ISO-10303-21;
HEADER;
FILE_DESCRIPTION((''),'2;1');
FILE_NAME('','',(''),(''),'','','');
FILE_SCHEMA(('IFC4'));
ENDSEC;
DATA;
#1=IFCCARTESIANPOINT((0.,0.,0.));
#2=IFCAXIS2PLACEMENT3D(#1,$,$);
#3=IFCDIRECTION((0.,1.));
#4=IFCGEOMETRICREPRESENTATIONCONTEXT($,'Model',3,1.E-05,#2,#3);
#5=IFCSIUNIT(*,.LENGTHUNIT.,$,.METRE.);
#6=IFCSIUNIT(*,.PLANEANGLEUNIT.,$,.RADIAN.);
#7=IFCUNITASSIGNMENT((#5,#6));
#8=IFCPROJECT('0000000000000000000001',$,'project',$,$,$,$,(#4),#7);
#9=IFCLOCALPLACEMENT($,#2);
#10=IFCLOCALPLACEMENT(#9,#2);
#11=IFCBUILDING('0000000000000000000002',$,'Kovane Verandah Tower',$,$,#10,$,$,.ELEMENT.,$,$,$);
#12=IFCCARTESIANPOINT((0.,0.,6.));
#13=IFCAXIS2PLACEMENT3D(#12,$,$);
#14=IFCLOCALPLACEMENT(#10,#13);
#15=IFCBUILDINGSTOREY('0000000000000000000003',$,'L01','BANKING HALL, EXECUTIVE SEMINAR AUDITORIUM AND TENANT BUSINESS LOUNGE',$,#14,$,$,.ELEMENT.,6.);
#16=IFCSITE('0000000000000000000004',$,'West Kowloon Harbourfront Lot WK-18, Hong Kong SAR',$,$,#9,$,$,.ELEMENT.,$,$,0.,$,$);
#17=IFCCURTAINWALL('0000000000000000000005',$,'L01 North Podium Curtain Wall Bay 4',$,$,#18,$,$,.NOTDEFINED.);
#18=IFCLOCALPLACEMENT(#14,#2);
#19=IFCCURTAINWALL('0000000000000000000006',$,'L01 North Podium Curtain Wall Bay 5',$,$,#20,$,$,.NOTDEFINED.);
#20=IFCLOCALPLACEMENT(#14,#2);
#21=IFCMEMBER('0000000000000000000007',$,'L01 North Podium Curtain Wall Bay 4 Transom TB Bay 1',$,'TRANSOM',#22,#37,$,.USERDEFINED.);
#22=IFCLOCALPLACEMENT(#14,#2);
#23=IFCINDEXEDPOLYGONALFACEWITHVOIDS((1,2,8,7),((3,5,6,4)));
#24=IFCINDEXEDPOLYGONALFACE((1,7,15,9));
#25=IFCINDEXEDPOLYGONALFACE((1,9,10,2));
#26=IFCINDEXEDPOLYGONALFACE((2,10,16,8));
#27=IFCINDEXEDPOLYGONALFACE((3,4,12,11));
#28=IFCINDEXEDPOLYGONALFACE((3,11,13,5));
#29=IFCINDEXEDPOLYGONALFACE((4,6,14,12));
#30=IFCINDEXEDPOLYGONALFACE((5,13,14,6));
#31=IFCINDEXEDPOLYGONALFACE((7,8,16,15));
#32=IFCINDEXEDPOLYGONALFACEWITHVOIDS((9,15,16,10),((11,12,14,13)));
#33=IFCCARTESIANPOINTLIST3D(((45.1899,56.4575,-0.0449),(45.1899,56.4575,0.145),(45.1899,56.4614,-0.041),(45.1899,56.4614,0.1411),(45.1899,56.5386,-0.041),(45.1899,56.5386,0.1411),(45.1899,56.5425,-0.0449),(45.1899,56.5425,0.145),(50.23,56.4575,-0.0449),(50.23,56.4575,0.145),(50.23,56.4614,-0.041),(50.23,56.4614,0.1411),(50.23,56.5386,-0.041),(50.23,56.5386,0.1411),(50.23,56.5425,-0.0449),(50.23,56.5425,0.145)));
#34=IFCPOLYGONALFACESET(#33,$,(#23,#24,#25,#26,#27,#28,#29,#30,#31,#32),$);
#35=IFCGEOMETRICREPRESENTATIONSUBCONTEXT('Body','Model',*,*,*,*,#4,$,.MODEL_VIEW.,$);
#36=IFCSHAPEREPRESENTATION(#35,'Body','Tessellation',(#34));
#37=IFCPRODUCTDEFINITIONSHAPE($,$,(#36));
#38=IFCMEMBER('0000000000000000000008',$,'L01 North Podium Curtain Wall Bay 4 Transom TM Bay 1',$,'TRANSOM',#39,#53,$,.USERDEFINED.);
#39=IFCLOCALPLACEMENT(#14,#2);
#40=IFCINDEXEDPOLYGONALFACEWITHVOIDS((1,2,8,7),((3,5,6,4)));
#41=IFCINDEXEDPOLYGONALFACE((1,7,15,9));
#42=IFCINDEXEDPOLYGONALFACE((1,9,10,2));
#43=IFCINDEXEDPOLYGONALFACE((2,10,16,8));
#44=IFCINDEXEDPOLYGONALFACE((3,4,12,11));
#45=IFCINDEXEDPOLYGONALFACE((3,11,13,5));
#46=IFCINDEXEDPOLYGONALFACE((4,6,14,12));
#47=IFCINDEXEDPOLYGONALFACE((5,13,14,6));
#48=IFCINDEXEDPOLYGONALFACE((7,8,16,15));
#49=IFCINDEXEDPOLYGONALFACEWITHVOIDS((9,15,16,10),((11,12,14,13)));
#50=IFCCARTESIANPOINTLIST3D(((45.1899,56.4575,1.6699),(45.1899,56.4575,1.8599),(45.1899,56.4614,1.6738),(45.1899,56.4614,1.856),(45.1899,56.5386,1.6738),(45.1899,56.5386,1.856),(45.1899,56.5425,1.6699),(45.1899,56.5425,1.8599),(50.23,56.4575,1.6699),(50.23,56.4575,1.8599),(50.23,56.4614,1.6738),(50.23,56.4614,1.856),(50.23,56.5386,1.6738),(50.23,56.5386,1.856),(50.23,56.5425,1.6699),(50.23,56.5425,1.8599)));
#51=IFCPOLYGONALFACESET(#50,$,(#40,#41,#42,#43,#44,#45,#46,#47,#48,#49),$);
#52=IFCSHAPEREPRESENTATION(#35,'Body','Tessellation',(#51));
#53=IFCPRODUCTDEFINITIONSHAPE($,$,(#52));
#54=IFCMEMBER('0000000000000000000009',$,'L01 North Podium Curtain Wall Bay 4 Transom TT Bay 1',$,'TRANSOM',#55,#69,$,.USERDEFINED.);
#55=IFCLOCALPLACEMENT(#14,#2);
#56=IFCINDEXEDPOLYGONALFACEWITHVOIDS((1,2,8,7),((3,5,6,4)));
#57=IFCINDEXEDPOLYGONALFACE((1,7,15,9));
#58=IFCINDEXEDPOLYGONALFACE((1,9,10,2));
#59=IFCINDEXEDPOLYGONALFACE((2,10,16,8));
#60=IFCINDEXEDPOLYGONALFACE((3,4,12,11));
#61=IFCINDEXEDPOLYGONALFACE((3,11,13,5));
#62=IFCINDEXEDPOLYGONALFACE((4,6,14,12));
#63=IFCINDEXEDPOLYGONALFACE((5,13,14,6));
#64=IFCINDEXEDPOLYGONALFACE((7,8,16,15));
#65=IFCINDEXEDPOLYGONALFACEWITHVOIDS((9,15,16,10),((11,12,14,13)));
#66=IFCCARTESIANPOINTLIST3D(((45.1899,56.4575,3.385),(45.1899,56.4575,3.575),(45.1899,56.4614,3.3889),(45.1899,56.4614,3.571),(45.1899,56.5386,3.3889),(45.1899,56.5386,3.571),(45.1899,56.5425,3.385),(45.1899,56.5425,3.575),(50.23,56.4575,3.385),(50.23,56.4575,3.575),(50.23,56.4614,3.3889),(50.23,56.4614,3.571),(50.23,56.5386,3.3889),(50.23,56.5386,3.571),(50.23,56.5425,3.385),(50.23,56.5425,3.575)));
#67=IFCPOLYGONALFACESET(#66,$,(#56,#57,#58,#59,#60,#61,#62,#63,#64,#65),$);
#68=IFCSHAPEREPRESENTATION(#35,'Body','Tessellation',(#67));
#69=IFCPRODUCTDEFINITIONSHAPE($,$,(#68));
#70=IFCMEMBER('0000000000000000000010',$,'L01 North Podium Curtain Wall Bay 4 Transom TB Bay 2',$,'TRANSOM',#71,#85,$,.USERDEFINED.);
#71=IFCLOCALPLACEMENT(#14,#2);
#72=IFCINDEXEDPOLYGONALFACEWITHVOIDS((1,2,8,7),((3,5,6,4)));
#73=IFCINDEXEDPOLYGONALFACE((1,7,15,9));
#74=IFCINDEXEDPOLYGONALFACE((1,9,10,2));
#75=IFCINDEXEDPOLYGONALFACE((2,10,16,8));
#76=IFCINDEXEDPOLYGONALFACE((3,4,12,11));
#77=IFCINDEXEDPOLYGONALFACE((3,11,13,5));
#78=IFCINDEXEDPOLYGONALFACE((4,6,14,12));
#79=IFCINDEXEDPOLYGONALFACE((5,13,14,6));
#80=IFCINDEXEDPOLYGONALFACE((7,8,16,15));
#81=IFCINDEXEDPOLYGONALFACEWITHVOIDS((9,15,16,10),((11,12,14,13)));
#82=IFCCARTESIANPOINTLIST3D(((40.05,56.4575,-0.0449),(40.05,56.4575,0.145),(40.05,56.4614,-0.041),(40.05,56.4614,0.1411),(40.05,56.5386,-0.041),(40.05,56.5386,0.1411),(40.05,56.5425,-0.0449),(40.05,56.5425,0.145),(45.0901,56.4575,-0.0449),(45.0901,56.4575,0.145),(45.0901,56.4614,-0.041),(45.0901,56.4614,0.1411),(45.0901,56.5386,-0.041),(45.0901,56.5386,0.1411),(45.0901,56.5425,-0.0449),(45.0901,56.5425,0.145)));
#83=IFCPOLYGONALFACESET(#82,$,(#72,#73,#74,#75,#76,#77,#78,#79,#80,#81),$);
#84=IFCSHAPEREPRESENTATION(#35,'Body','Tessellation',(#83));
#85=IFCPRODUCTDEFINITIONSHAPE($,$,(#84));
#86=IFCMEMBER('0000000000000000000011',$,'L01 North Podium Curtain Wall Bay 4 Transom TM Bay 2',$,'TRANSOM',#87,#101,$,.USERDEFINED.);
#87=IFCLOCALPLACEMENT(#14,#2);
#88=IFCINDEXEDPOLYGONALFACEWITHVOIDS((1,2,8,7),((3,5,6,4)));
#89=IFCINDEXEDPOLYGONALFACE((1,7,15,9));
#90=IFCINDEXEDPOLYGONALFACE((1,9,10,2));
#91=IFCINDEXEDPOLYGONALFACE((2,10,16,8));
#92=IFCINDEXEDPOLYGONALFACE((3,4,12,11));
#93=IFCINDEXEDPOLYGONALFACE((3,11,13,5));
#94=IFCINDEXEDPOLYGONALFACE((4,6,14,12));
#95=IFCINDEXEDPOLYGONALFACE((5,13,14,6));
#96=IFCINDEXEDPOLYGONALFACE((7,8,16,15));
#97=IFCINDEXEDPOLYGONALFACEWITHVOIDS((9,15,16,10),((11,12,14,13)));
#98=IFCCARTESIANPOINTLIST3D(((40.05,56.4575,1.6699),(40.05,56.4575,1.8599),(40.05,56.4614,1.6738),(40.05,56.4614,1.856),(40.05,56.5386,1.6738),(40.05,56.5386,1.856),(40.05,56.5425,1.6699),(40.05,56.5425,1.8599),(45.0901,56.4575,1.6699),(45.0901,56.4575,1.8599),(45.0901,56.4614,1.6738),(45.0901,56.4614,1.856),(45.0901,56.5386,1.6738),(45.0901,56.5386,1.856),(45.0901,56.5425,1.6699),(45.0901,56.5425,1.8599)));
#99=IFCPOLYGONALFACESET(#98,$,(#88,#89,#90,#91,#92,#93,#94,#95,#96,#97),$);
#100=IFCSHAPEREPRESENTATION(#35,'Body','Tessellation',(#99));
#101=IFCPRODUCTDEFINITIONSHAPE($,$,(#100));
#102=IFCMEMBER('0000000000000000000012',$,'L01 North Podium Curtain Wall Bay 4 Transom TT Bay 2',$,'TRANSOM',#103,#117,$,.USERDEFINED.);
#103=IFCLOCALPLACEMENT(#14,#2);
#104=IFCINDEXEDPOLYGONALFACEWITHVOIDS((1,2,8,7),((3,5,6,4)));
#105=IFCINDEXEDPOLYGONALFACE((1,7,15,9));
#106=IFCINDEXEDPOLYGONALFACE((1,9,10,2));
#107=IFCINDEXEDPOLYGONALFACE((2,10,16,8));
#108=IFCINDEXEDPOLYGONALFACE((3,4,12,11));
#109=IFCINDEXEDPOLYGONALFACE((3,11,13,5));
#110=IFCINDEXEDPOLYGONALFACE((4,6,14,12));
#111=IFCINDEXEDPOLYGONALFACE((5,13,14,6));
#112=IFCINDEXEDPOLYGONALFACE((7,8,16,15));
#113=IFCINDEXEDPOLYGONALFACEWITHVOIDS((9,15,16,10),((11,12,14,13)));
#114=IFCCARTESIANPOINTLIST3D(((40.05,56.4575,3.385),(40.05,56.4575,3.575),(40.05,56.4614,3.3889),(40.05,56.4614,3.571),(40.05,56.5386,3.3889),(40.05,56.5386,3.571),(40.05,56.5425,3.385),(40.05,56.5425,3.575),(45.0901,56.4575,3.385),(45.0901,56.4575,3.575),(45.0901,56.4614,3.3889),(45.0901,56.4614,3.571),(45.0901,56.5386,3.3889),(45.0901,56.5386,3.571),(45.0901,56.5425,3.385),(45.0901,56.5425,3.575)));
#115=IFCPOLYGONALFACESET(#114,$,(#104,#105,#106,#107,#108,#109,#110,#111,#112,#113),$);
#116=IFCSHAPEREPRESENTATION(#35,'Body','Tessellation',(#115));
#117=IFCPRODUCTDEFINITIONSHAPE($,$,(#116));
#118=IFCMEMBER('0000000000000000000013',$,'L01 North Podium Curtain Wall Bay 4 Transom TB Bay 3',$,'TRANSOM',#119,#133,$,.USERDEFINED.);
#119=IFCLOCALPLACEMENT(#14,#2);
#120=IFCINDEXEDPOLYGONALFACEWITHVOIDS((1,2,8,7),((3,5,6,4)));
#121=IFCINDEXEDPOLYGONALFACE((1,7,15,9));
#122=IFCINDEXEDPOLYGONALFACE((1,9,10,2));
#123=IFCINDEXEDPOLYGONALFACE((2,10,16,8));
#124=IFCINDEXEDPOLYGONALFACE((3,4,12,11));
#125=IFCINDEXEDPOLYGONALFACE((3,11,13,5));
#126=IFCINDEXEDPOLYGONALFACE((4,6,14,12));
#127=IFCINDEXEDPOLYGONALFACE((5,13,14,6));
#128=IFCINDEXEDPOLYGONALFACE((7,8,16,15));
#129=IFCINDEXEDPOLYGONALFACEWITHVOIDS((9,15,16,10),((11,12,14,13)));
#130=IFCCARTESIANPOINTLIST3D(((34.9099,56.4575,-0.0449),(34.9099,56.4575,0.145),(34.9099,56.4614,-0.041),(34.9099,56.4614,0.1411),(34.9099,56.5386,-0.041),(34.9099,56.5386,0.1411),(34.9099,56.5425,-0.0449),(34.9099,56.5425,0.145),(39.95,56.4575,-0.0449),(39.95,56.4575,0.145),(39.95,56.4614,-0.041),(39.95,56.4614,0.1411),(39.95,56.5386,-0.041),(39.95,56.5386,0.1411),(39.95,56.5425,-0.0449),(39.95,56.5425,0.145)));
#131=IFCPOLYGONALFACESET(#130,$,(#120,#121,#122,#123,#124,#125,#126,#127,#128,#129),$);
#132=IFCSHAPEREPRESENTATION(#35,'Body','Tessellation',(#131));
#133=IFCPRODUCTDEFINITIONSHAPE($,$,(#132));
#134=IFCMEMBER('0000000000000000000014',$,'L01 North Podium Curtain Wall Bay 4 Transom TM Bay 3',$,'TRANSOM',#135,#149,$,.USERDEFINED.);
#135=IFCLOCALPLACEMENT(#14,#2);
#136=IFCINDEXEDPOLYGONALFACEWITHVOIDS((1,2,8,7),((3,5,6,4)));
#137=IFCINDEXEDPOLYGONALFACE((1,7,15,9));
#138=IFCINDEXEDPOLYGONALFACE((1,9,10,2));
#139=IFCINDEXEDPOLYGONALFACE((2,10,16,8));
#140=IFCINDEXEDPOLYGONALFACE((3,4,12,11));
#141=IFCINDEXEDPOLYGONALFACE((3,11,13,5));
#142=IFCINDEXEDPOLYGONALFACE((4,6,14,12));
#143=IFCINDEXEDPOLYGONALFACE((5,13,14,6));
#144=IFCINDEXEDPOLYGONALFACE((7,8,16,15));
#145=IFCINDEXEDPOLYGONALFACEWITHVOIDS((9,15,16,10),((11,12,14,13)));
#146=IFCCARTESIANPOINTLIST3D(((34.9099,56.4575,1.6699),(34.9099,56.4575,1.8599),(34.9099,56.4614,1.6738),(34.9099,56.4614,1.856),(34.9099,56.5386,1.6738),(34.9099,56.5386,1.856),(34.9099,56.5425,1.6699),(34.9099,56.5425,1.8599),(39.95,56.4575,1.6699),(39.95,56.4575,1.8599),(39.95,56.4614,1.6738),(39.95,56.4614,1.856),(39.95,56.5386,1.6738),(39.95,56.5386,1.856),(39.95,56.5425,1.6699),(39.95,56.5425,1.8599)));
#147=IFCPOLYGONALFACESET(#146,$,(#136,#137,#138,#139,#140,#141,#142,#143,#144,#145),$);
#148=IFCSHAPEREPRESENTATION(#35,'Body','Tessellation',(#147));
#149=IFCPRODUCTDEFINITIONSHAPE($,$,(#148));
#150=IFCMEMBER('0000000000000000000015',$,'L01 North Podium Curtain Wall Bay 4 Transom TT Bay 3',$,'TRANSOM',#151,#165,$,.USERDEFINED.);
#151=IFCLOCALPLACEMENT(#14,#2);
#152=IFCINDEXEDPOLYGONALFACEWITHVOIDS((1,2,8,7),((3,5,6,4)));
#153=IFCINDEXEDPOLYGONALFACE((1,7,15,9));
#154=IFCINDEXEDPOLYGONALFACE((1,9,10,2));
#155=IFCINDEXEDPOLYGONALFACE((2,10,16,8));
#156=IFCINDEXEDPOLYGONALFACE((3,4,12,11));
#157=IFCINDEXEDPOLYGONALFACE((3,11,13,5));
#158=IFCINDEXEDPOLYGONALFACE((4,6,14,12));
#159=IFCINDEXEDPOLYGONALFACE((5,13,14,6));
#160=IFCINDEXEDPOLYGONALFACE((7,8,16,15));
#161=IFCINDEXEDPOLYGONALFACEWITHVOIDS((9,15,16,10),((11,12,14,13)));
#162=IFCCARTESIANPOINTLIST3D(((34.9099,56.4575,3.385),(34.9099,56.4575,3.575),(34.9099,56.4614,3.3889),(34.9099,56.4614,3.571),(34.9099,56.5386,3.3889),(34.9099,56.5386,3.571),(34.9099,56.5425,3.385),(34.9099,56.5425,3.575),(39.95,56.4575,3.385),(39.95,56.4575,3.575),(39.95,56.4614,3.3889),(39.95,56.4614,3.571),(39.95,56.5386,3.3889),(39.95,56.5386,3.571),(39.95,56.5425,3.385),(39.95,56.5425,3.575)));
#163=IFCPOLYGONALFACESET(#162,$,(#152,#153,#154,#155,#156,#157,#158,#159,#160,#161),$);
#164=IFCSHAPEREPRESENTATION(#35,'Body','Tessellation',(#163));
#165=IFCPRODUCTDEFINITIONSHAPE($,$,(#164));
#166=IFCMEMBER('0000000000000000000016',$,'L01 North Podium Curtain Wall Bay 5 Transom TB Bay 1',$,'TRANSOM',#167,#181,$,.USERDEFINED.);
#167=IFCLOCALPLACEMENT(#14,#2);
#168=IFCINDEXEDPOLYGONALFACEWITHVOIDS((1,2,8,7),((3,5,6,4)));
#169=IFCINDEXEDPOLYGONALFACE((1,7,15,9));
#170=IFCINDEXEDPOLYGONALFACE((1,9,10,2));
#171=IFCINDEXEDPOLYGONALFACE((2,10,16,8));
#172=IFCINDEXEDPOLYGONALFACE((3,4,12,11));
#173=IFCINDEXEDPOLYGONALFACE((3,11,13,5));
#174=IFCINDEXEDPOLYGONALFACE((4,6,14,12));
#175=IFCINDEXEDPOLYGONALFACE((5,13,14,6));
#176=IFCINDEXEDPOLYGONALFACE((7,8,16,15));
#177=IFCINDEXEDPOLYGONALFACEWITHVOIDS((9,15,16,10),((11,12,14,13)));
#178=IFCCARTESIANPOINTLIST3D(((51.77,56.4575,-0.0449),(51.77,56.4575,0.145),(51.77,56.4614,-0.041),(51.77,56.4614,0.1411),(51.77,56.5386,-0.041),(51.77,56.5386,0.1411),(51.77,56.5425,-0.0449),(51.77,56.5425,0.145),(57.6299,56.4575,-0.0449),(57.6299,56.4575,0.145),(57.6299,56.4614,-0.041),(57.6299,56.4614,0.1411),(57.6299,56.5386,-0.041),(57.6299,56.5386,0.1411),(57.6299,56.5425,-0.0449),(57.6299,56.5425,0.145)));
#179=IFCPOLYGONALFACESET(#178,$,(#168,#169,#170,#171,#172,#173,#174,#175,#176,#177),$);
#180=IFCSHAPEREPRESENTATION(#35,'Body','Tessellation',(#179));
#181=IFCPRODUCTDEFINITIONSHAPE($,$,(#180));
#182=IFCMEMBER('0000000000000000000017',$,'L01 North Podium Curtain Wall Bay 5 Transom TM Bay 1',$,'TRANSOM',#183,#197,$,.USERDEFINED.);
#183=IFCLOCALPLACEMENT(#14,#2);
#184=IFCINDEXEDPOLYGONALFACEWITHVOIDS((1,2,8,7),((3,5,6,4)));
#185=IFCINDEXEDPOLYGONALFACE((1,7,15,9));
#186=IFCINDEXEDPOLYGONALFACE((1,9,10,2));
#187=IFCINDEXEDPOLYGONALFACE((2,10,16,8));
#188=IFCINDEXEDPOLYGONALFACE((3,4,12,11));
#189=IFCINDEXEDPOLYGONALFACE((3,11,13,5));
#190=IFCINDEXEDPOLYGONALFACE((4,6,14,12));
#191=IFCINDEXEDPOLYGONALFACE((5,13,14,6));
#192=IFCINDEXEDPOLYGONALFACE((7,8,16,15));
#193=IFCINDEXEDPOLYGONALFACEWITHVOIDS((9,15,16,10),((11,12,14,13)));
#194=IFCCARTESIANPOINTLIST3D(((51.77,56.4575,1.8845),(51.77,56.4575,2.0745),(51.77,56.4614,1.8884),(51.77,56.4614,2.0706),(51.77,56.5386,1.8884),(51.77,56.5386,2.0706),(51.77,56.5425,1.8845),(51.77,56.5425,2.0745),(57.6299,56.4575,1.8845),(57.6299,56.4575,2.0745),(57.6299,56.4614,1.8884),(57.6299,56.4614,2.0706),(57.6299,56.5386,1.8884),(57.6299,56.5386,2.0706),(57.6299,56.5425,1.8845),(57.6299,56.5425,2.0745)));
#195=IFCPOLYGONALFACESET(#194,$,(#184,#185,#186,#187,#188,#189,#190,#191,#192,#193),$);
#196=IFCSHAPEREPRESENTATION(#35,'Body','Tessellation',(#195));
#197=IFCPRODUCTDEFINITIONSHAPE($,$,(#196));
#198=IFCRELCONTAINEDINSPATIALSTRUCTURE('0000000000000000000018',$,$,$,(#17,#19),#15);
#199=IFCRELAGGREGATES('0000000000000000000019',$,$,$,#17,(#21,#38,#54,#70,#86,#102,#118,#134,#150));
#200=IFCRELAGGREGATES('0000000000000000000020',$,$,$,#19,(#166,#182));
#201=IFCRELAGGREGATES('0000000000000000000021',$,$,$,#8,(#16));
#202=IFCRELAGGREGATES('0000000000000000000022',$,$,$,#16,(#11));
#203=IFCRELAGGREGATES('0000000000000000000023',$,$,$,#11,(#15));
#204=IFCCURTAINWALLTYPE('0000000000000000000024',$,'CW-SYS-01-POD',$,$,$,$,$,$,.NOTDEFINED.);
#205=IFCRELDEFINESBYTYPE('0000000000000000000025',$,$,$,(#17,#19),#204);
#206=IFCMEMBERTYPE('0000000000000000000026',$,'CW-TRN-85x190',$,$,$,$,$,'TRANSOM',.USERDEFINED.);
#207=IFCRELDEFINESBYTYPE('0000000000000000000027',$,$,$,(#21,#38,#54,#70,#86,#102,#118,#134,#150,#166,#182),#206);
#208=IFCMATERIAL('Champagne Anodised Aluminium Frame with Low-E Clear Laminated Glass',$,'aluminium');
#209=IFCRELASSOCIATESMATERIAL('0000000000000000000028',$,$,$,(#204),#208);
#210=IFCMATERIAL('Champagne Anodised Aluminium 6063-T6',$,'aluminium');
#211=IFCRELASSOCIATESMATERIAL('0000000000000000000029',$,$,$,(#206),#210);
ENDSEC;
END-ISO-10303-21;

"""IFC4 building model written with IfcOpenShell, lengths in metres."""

from ifc_helpers import new_model, si_unit, direction, frame, origin, origin_2d, place, context, subcontext, project, spatial, hollow_rectangle, extrude, material, material_profile, profile_set, type_object, element, aggregate, save


model = new_model("IFC4")

# Units and contexts
model_context = context("Model", 3, precision=1e-05, world=origin(), true_north=direction((0.0, 1.0)))
body_context = subcontext(model_context, "Body", "Model", "MODEL_VIEW")
ifc_project = project(units=[si_unit("LENGTHUNIT", "METRE"), si_unit("PLANEANGLEUNIT", "RADIAN")], contexts=[model_context])

# Site, building, storey
site_placement = place(None, origin())
site = spatial("IfcSite", under=ifc_project, at=site_placement, Name="West Kowloon Harbourfront Lot WK-18, Hong Kong SAR", CompositionType="ELEMENT", RefElevation=0.0)
building_placement = place(site_placement, origin())
building = spatial("IfcBuilding", under=site, at=building_placement, Name="Kovane Verandah Tower", CompositionType="ELEMENT")
storey_placement = place(building_placement, frame((0.0, 0.0, 6.0)))
storey = spatial("IfcBuildingStorey", under=building, at=storey_placement, Name="L01", Description="BANKING HALL, EXECUTIVE SEMINAR AUDITORIUM AND TENANT BUSINESS LOUNGE", CompositionType="ELEMENT", Elevation=6.0)

# Curtain walls
ifc_material_1 = material(Name="Champagne Anodised Aluminium Frame with Low-E Clear Laminated Glass", Category="aluminium")
curtain_wall_type = type_object("IfcCurtainWallType", Name="CW-SYS-01-POD", PredefinedType="NOTDEFINED", material=ifc_material_1)
curtain_wall_1_placement = place(storey_placement, origin())
curtain_wall_1 = element("IfcCurtainWall", 1, at=curtain_wall_1_placement, inside=storey, type_object=curtain_wall_type, Name="L01 North Podium Curtain Wall Bay 4", PredefinedType="NOTDEFINED")
ifc_material_2 = material(Name="Champagne Anodised Aluminium 6063-T6", Category="aluminium")
curtain_wall_2_placement = place(storey_placement, origin())
curtain_wall_2 = element("IfcCurtainWall", 2, at=curtain_wall_2_placement, inside=storey, type_object=curtain_wall_type, Name="L01 North Podium Curtain Wall Bay 5", PredefinedType="NOTDEFINED")

# Members
ifc_material_profile_1 = material_profile(ifc_material_2, hollow_rectangle(XDim=0.085, YDim=0.1899, WallThickness=0.0039, at=origin_2d()), Name="AL85x190x4")
ifc_profile_set_1 = profile_set([ifc_material_profile_1], Name="Champagne Anodised Aluminium 6063-T6")
member_type_1 = type_object("IfcMemberType", Name="CW-TRN-85x190", ElementType="TRANSOM", PredefinedType="USERDEFINED", material=ifc_profile_set_1)
member_1_placement = place(storey_placement, frame((50.23, 56.5, 0.05), z_axis=(-1.0, 0.0, 0.0), x_axis=(0.0, -1.0, 0.0)))
member_1 = element("IfcMember", 3, at=member_1_placement, type_object=member_type_1, Name="L01 North Podium Curtain Wall Bay 4 Transom TB Bay 1", ObjectType="TRANSOM", PredefinedType="USERDEFINED", context=body_context, shape_type="SweptSolid", body=[
    extrude(hollow_rectangle(XDim=0.085, YDim=0.1899, WallThickness=0.0039, at=origin_2d()), origin(), (0.0, 0.0, 1.0), 5.04),
])
member_2_placement = place(storey_placement, frame((50.23, 56.5, 1.7649), z_axis=(-1.0, 0.0, 0.0), x_axis=(0.0, -1.0, 0.0)))
member_2 = element("IfcMember", 4, at=member_2_placement, type_object=member_type_1, Name="L01 North Podium Curtain Wall Bay 4 Transom TM Bay 1", ObjectType="TRANSOM", PredefinedType="USERDEFINED", context=body_context, shape_type="SweptSolid", body=[
    extrude(hollow_rectangle(XDim=0.085, YDim=0.1899, WallThickness=0.0039, at=origin_2d()), origin(), (0.0, 0.0, 1.0), 5.04),
])
member_3_placement = place(storey_placement, frame((50.23, 56.5, 3.48), z_axis=(-1.0, 0.0, 0.0), x_axis=(0.0, -1.0, 0.0)))
member_3 = element("IfcMember", 5, at=member_3_placement, type_object=member_type_1, Name="L01 North Podium Curtain Wall Bay 4 Transom TT Bay 1", ObjectType="TRANSOM", PredefinedType="USERDEFINED", context=body_context, shape_type="SweptSolid", body=[
    extrude(hollow_rectangle(XDim=0.085, YDim=0.1899, WallThickness=0.0039, at=origin_2d()), origin(), (0.0, 0.0, 1.0), 5.04),
])
member_4_placement = place(storey_placement, frame((45.0901, 56.5, 0.05), z_axis=(-1.0, 0.0, 0.0), x_axis=(0.0, -1.0, 0.0)))
member_4 = element("IfcMember", 6, at=member_4_placement, type_object=member_type_1, Name="L01 North Podium Curtain Wall Bay 4 Transom TB Bay 2", ObjectType="TRANSOM", PredefinedType="USERDEFINED", context=body_context, shape_type="SweptSolid", body=[
    extrude(hollow_rectangle(XDim=0.085, YDim=0.1899, WallThickness=0.0039, at=origin_2d()), origin(), (0.0, 0.0, 1.0), 5.04),
])
member_5_placement = place(storey_placement, frame((45.0901, 56.5, 1.7649), z_axis=(-1.0, 0.0, 0.0), x_axis=(0.0, -1.0, 0.0)))
member_5 = element("IfcMember", 7, at=member_5_placement, type_object=member_type_1, Name="L01 North Podium Curtain Wall Bay 4 Transom TM Bay 2", ObjectType="TRANSOM", PredefinedType="USERDEFINED", context=body_context, shape_type="SweptSolid", body=[
    extrude(hollow_rectangle(XDim=0.085, YDim=0.1899, WallThickness=0.0039, at=origin_2d()), origin(), (0.0, 0.0, 1.0), 5.04),
])
member_6_placement = place(storey_placement, frame((45.0901, 56.5, 3.48), z_axis=(-1.0, 0.0, 0.0), x_axis=(0.0, -1.0, 0.0)))
member_6 = element("IfcMember", 8, at=member_6_placement, type_object=member_type_1, Name="L01 North Podium Curtain Wall Bay 4 Transom TT Bay 2", ObjectType="TRANSOM", PredefinedType="USERDEFINED", context=body_context, shape_type="SweptSolid", body=[
    extrude(hollow_rectangle(XDim=0.085, YDim=0.1899, WallThickness=0.0039, at=origin_2d()), origin(), (0.0, 0.0, 1.0), 5.04),
])
member_7_placement = place(storey_placement, frame((39.95, 56.5, 0.05), z_axis=(-1.0, 0.0, 0.0), x_axis=(0.0, -1.0, 0.0)))
member_7 = element("IfcMember", 9, at=member_7_placement, type_object=member_type_1, Name="L01 North Podium Curtain Wall Bay 4 Transom TB Bay 3", ObjectType="TRANSOM", PredefinedType="USERDEFINED", context=body_context, shape_type="SweptSolid", body=[
    extrude(hollow_rectangle(XDim=0.085, YDim=0.1899, WallThickness=0.0039, at=origin_2d()), origin(), (0.0, 0.0, 1.0), 5.04),
])
member_8_placement = place(storey_placement, frame((39.95, 56.5, 1.7649), z_axis=(-1.0, 0.0, 0.0), x_axis=(0.0, -1.0, 0.0)))
member_8 = element("IfcMember", 10, at=member_8_placement, type_object=member_type_1, Name="L01 North Podium Curtain Wall Bay 4 Transom TM Bay 3", ObjectType="TRANSOM", PredefinedType="USERDEFINED", context=body_context, shape_type="SweptSolid", body=[
    extrude(hollow_rectangle(XDim=0.085, YDim=0.1899, WallThickness=0.0039, at=origin_2d()), origin(), (0.0, 0.0, 1.0), 5.04),
])
member_9_placement = place(storey_placement, frame((39.95, 56.5, 3.48), z_axis=(-1.0, 0.0, 0.0), x_axis=(0.0, -1.0, 0.0)))
member_9 = element("IfcMember", 11, at=member_9_placement, type_object=member_type_1, Name="L01 North Podium Curtain Wall Bay 4 Transom TT Bay 3", ObjectType="TRANSOM", PredefinedType="USERDEFINED", context=body_context, shape_type="SweptSolid", body=[
    extrude(hollow_rectangle(XDim=0.085, YDim=0.1899, WallThickness=0.0039, at=origin_2d()), origin(), (0.0, 0.0, 1.0), 5.04),
])
member_10_placement = place(storey_placement, frame((57.6299, 56.5, 0.05), z_axis=(-1.0, 0.0, 0.0), x_axis=(0.0, -1.0, 0.0)))
member_10 = element("IfcMember", 12, at=member_10_placement, type_object=member_type_1, Name="L01 North Podium Curtain Wall Bay 5 Transom TB Bay 1", ObjectType="TRANSOM", PredefinedType="USERDEFINED", context=body_context, shape_type="SweptSolid", body=[
    extrude(hollow_rectangle(XDim=0.085, YDim=0.1899, WallThickness=0.0039, at=origin_2d()), origin(), (0.0, 0.0, 1.0), 5.8599),
])
member_11_placement = place(storey_placement, frame((57.6299, 56.5, 1.9795), z_axis=(-1.0, 0.0, 0.0), x_axis=(0.0, -1.0, 0.0)))
member_11 = element("IfcMember", 13, at=member_11_placement, type_object=member_type_1, Name="L01 North Podium Curtain Wall Bay 5 Transom TM Bay 1", ObjectType="TRANSOM", PredefinedType="USERDEFINED", context=body_context, shape_type="SweptSolid", body=[
    extrude(hollow_rectangle(XDim=0.085, YDim=0.1899, WallThickness=0.0039, at=origin_2d()), origin(), (0.0, 0.0, 1.0), 5.8599),
])

aggregate(curtain_wall_1, [member_1, member_2, member_3, member_4, member_5, member_6, member_7, member_8, member_9])
aggregate(curtain_wall_2, [member_10, member_11])

save(model, "model.ifc")
